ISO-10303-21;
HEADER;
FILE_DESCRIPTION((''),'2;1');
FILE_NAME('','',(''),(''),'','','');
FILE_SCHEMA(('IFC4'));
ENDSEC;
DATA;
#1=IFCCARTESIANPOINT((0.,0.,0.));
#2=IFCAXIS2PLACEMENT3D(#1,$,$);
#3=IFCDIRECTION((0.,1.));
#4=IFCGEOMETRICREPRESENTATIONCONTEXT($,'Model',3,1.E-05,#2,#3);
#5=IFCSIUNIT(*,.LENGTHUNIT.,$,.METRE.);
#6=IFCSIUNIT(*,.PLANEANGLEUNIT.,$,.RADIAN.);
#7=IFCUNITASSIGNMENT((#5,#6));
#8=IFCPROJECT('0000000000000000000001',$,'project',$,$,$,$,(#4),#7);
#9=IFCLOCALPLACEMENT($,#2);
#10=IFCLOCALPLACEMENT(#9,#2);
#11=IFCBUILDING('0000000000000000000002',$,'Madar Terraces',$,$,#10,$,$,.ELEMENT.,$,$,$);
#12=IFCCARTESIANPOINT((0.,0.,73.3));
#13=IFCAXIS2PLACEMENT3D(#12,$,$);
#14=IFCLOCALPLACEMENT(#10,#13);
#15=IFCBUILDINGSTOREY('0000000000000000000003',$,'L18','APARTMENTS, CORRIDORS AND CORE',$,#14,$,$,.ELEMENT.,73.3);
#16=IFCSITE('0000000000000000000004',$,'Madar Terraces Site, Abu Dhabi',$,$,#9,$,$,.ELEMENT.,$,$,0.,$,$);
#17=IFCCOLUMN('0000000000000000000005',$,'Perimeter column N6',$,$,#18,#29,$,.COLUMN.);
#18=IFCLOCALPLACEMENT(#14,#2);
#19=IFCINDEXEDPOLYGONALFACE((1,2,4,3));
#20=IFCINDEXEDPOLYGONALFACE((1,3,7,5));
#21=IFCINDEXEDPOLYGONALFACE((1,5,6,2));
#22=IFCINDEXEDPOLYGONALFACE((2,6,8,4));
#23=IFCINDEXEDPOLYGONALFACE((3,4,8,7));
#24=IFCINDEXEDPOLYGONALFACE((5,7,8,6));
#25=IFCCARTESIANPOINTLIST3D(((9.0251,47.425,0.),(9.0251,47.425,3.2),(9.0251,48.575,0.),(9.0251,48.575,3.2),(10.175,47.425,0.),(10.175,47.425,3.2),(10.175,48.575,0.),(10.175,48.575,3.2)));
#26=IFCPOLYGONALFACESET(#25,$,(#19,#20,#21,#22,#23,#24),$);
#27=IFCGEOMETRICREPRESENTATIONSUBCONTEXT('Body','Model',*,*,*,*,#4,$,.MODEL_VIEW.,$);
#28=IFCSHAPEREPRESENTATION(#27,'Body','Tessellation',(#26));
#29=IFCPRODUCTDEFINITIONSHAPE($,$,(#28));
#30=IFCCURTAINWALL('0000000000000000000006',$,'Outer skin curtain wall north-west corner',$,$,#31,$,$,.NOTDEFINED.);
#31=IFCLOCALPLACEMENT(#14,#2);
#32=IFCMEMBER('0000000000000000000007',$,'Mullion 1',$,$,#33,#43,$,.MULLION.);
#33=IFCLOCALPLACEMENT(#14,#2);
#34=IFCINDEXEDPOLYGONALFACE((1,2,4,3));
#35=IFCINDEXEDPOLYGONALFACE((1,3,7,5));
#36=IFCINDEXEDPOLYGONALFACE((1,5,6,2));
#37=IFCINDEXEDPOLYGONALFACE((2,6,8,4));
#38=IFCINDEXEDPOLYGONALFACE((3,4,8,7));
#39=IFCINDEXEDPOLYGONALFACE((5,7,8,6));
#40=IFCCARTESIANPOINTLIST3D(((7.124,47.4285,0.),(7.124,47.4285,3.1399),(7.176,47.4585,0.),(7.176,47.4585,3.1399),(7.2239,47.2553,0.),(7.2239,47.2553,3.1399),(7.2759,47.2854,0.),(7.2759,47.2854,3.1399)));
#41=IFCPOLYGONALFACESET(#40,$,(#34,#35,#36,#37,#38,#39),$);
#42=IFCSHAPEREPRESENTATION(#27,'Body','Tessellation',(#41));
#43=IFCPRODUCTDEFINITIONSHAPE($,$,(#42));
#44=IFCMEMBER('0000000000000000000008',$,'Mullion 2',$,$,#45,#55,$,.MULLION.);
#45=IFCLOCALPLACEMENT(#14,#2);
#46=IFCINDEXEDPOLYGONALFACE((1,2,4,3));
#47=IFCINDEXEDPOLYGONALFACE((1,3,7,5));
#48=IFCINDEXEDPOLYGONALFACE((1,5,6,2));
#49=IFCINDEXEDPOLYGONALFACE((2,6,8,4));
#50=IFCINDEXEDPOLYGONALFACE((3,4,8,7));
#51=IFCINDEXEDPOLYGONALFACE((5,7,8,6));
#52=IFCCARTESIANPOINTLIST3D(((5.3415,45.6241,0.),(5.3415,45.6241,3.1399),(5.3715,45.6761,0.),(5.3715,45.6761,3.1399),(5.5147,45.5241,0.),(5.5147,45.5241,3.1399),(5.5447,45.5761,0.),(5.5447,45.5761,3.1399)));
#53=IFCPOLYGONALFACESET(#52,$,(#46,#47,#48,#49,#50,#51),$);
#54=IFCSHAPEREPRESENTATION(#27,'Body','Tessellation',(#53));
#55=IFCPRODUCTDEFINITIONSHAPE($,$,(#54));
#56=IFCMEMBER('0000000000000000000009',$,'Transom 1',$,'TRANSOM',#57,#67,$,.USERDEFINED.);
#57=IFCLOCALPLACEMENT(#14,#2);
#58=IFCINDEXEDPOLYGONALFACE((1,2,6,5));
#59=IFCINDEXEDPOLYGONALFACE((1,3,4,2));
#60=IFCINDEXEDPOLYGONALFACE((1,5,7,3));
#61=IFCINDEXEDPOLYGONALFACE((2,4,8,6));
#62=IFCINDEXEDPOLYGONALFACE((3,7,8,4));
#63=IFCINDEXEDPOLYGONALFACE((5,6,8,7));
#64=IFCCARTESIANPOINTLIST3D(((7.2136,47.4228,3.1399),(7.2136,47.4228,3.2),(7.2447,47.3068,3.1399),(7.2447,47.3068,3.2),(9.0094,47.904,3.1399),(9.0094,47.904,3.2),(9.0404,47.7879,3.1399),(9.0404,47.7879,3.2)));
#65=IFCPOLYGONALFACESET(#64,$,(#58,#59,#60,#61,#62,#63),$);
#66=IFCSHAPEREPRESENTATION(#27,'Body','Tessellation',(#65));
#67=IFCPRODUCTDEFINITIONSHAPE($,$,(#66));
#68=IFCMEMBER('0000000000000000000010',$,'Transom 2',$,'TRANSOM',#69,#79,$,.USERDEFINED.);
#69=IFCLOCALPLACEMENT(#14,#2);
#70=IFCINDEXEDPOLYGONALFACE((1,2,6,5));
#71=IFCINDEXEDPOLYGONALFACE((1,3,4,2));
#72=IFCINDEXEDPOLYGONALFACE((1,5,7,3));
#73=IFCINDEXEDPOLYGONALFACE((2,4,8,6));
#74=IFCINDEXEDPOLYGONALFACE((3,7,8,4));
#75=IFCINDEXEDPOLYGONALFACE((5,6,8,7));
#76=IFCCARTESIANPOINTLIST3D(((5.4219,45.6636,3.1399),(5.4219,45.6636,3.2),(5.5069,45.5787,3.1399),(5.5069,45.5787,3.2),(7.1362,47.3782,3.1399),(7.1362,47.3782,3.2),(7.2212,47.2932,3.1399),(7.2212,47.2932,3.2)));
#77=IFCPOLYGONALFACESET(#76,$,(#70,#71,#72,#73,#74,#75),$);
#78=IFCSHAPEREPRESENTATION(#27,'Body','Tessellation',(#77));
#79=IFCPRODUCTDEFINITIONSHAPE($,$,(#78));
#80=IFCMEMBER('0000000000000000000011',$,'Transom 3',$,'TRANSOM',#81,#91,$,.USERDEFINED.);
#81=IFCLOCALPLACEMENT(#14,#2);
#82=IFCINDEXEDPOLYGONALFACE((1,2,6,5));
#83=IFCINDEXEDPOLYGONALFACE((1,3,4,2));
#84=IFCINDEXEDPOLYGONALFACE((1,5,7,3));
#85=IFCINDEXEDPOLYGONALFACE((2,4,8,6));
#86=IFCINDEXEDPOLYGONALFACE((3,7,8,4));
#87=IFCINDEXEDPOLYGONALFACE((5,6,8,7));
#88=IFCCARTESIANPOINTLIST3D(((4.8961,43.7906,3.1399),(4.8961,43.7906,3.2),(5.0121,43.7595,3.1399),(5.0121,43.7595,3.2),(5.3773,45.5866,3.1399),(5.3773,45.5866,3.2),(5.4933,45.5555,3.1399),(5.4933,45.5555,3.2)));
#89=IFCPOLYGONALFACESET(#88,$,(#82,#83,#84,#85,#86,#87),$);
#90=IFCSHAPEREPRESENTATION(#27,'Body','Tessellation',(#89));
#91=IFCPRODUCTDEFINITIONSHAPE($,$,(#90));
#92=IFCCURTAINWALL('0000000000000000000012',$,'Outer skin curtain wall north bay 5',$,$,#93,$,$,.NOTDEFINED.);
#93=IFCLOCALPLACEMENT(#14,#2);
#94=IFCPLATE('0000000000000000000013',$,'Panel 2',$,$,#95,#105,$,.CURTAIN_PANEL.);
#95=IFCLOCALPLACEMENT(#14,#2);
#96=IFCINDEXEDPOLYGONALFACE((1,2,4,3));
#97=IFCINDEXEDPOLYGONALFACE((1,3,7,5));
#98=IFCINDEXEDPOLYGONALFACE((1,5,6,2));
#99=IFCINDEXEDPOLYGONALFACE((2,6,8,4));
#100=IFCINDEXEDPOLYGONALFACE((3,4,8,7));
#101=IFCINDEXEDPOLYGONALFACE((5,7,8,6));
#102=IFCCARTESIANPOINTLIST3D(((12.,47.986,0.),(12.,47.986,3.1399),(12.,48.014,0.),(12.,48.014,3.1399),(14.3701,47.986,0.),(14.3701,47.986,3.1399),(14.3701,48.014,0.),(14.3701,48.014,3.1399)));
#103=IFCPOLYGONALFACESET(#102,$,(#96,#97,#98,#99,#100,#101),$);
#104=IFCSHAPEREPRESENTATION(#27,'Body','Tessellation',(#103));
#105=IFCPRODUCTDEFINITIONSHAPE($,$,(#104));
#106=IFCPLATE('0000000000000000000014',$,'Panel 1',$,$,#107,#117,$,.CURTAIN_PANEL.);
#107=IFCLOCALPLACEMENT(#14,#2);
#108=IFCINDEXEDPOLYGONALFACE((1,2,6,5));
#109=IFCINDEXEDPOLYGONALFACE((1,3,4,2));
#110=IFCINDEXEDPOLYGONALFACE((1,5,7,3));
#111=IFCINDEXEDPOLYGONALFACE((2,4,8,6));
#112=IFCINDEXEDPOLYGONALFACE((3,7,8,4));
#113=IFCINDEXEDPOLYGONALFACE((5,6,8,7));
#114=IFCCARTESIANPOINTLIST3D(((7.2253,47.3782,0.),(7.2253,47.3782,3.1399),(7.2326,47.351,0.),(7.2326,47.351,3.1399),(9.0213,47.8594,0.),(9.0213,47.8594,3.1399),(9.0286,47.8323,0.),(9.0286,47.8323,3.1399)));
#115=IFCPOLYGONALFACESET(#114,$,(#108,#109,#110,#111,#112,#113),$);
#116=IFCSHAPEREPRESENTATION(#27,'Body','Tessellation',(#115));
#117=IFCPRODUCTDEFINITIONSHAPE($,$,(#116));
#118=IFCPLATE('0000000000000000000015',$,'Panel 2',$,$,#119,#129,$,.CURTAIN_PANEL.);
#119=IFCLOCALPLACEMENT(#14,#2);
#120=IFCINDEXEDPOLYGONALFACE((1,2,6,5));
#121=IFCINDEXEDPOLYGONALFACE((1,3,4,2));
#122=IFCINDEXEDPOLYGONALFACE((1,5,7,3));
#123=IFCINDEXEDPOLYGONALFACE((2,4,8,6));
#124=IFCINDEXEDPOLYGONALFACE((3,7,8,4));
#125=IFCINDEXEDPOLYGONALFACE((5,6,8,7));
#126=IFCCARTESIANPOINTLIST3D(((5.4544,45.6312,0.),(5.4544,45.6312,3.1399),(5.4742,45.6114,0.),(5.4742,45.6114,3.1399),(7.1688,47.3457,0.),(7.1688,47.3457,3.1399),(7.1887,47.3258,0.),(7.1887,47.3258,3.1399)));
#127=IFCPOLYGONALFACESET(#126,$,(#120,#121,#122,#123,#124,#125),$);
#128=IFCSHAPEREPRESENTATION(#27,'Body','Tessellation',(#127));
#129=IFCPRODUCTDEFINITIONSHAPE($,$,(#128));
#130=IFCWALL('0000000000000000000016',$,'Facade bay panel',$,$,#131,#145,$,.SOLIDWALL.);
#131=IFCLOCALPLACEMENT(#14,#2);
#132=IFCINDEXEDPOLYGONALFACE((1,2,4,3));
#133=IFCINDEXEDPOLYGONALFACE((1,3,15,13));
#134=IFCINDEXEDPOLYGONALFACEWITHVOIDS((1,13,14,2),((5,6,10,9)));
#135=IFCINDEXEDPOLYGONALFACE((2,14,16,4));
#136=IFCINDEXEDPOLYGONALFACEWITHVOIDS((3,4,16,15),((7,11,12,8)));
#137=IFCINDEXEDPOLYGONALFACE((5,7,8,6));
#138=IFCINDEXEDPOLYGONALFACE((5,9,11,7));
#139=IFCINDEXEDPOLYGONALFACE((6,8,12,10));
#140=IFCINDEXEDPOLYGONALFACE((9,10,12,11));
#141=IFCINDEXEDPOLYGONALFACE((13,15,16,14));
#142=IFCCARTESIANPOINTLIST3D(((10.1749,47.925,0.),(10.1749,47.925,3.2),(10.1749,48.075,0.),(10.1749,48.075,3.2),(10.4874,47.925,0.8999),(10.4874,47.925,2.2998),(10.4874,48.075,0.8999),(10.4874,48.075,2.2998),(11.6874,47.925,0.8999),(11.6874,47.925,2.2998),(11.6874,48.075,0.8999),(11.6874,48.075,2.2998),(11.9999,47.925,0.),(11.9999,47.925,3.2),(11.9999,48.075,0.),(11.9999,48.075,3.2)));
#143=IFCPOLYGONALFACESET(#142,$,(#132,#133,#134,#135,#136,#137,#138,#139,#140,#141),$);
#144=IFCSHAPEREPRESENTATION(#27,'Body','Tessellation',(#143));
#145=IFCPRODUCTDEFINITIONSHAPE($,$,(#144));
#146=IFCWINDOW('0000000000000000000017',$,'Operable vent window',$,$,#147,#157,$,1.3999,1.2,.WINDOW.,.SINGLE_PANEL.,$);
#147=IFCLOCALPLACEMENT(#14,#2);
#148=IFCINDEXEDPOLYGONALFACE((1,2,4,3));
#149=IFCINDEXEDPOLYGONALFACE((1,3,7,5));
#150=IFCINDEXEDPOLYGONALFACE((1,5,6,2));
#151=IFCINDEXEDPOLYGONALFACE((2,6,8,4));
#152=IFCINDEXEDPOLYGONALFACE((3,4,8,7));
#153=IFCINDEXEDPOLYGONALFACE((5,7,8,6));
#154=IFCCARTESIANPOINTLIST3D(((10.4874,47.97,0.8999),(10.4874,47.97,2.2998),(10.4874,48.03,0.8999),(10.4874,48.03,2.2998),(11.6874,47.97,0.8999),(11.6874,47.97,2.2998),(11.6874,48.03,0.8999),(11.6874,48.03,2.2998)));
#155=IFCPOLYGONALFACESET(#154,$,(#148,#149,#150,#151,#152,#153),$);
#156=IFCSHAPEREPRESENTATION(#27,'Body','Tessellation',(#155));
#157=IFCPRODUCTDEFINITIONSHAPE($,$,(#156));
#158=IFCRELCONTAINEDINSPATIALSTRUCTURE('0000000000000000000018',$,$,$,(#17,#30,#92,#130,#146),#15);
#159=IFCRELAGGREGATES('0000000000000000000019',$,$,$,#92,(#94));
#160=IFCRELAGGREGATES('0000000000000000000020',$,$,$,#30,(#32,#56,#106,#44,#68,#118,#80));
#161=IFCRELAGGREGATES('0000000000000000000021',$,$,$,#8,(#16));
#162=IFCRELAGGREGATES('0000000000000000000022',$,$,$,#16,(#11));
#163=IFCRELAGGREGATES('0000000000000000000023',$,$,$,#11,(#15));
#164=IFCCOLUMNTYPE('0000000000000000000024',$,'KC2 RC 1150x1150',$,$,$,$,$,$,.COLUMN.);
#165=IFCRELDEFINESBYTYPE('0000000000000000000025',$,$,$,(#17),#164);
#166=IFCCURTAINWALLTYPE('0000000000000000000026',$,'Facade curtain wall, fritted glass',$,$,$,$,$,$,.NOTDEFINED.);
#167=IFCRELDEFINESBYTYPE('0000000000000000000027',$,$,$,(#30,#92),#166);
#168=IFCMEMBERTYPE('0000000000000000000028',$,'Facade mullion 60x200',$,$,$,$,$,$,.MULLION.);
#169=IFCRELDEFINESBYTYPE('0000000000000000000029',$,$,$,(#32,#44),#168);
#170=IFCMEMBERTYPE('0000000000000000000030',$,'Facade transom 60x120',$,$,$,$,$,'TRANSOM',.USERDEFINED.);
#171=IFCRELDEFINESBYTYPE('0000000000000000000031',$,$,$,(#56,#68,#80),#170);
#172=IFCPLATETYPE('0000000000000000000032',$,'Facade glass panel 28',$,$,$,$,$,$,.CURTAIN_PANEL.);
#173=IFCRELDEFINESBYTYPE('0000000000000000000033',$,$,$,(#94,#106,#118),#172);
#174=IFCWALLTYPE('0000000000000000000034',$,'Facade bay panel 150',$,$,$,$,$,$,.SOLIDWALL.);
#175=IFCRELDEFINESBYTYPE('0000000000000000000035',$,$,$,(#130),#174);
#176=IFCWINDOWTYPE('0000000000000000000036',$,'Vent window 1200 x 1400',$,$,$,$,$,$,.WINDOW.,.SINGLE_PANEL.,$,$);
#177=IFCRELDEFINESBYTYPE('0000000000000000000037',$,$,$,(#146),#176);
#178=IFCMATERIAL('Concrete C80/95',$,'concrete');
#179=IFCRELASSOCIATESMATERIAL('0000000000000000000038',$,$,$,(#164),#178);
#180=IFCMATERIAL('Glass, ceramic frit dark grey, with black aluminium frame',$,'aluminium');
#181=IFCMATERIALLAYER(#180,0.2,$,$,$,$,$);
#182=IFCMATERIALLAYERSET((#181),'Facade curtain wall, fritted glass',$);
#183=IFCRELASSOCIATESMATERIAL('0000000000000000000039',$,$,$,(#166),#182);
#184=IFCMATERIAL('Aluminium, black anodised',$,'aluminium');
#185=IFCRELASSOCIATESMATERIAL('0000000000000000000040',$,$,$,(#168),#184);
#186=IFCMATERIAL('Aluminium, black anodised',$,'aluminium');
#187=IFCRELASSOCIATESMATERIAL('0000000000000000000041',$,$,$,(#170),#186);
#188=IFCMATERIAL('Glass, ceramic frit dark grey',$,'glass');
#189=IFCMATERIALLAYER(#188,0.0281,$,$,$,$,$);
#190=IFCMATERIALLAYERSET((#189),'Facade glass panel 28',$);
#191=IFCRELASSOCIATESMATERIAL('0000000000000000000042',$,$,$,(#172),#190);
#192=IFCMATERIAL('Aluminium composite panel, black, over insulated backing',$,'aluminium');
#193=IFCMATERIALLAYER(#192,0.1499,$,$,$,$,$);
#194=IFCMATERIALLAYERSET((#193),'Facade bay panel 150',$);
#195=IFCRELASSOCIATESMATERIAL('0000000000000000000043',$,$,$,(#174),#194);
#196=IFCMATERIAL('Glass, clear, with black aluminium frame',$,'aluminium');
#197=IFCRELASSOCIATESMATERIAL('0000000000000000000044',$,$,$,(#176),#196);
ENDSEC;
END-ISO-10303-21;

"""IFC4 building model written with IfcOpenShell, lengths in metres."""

from ifc_helpers import new_model, si_unit, direction, frame, frame_2d, origin, origin_2d, place, context, subcontext, project, spatial, rectangle, extrude, material, layer, layer_set, material_profile, profile_set, type_object, element, fill, aggregate, save


model = new_model("IFC4")

# Units and contexts
model_context = context("Model", 3, precision=1e-05, world=origin(), true_north=direction((0.0, 1.0)))
body_context = subcontext(model_context, "Body", "Model", "MODEL_VIEW")
ifc_project = project(units=[si_unit("LENGTHUNIT", "METRE"), si_unit("PLANEANGLEUNIT", "RADIAN")], contexts=[model_context])

# Site, building, storey
site_placement = place(None, origin())
site = spatial("IfcSite", under=ifc_project, at=site_placement, Name="Madar Terraces Site, Abu Dhabi", CompositionType="ELEMENT", RefElevation=0.0)
building_placement = place(site_placement, origin())
building = spatial("IfcBuilding", under=site, at=building_placement, Name="Madar Terraces", CompositionType="ELEMENT")
storey_placement = place(building_placement, frame((0.0, 0.0, 73.3)))
storey = spatial("IfcBuildingStorey", under=building, at=storey_placement, Name="L18", Description="APARTMENTS, CORRIDORS AND CORE", CompositionType="ELEMENT", Elevation=73.3)

# Column
ifc_material_1 = material(Name="Concrete C80/95", Category="concrete")
ifc_material_profile_1 = material_profile(ifc_material_1, rectangle(XDim=1.1499, YDim=1.1499, at=origin_2d()), Name="KC2 RC 1150x1150")
ifc_profile_set_1 = profile_set([ifc_material_profile_1], Name="Concrete C80/95")
column_type = type_object("IfcColumnType", Name="KC2 RC 1150x1150", PredefinedType="COLUMN", material=ifc_profile_set_1)
column_placement = place(storey_placement, frame((9.6001, 48.0, 0.0), z_axis=(0.0, 0.0, 1.0), x_axis=(1.0, 0.0, 0.0)))
element("IfcColumn", 1, at=column_placement, inside=storey, type_object=column_type, Name="Perimeter column N6", PredefinedType="COLUMN", context=body_context, shape_type="SweptSolid", body=[
    extrude(rectangle(XDim=1.1499, YDim=1.1499, at=origin_2d()), origin(), (0.0, 0.0, 1.0), 3.2),
])

# Curtain wall, members
ifc_material_2 = material(Name="Glass, ceramic frit dark grey, with black aluminium frame", Category="aluminium")
ifc_layer_1 = layer(ifc_material_2, 0.2)
ifc_layer_set_1 = layer_set([ifc_layer_1], Name="Facade curtain wall, fritted glass")
curtain_wall_type = type_object("IfcCurtainWallType", Name="Facade curtain wall, fritted glass", PredefinedType="NOTDEFINED", material=ifc_layer_set_1)
curtain_wall_1_placement = place(storey_placement, origin())
curtain_wall_1 = element("IfcCurtainWall", 2, at=curtain_wall_1_placement, inside=storey, type_object=curtain_wall_type, Name="Outer skin curtain wall north-west corner", PredefinedType="NOTDEFINED")
ifc_material_3 = material(Name="Aluminium, black anodised", Category="aluminium")
ifc_material_profile_2 = material_profile(ifc_material_3, rectangle(XDim=0.2, YDim=0.0601, at=origin_2d()), Name="Facade mullion 60x200")
ifc_profile_set_2 = profile_set([ifc_material_profile_2], Name="Aluminium, black anodised")
member_type_1 = type_object("IfcMemberType", Name="Facade mullion 60x200", PredefinedType="MULLION", material=ifc_profile_set_2)
member_1_placement = place(storey_placement, frame((7.2, 47.3569, 0.0), z_axis=(0.0, 0.0, 1.0), x_axis=(0.5, -0.866025, 0.0)))
member_1 = element("IfcMember", 3, at=member_1_placement, type_object=member_type_1, Name="Mullion 1", PredefinedType="MULLION", context=body_context, shape_type="SweptSolid", body=[
    extrude(rectangle(XDim=0.2, YDim=0.0601, at=origin_2d()), origin(), (0.0, 0.0, 1.0), 3.1399),
])
member_2_placement = place(storey_placement, frame((5.4431, 45.6001, 0.0), z_axis=(0.0, 0.0, 1.0), x_axis=(0.866025, -0.5, 0.0)))
member_2 = element("IfcMember", 4, at=member_2_placement, type_object=member_type_1, Name="Mullion 2", PredefinedType="MULLION", context=body_context, shape_type="SweptSolid", body=[
    extrude(rectangle(XDim=0.2, YDim=0.0601, at=origin_2d()), origin(), (0.0, 0.0, 1.0), 3.1399),
])
ifc_material_4 = material(Name="Aluminium, black anodised", Category="aluminium")
ifc_material_profile_3 = material_profile(ifc_material_4, rectangle(XDim=0.1201, YDim=0.0601, at=origin_2d()), Name="Facade transom 60x120")
ifc_profile_set_3 = profile_set([ifc_material_profile_3], Name="Aluminium, black anodised")
member_type_2 = type_object("IfcMemberType", Name="Facade transom 60x120", ElementType="TRANSOM", PredefinedType="USERDEFINED", material=ifc_profile_set_3)
member_3_placement = place(storey_placement, frame((9.0249, 47.8459, 3.1699), z_axis=(-0.965927, -0.258815, 0.0), x_axis=(0.258815, -0.965927, 0.0)))
member_3 = element("IfcMember", 5, at=member_3_placement, type_object=member_type_2, Name="Transom 1", ObjectType="TRANSOM", PredefinedType="USERDEFINED", context=body_context, shape_type="SweptSolid", body=[
    extrude(rectangle(XDim=0.1201, YDim=0.0601, at=origin_2d()), origin(), (0.0, 0.0, 1.0), 1.8591),
])
member_4_placement = place(storey_placement, frame((7.1787, 47.3357, 3.1699), z_axis=(-0.707056, -0.707157, 0.0), x_axis=(0.707157, -0.707056, 0.0)))
member_4 = element("IfcMember", 6, at=member_4_placement, type_object=member_type_2, Name="Transom 2", ObjectType="TRANSOM", PredefinedType="USERDEFINED", context=body_context, shape_type="SweptSolid", body=[
    extrude(rectangle(XDim=0.1201, YDim=0.0601, at=origin_2d()), origin(), (0.0, 0.0, 1.0), 2.4246),
])
member_5_placement = place(storey_placement, frame((5.4353, 45.571, 3.1699), z_axis=(-0.258782, -0.965936, 0.0), x_axis=(0.965936, -0.258782, 0.0)))
member_5 = element("IfcMember", 7, at=member_5_placement, type_object=member_type_2, Name="Transom 3", ObjectType="TRANSOM", PredefinedType="USERDEFINED", context=body_context, shape_type="SweptSolid", body=[
    extrude(rectangle(XDim=0.1201, YDim=0.0601, at=origin_2d()), origin(), (0.0, 0.0, 1.0), 1.8594),
])

# Curtain wall, plate
curtain_wall_2_placement = place(storey_placement, origin())
curtain_wall_2 = element("IfcCurtainWall", 8, at=curtain_wall_2_placement, inside=storey, type_object=curtain_wall_type, Name="Outer skin curtain wall north bay 5", PredefinedType="NOTDEFINED")
ifc_material_5 = material(Name="Glass, ceramic frit dark grey", Category="glass")
ifc_layer_2 = layer(ifc_material_5, 0.0281)
ifc_layer_set_2 = layer_set([ifc_layer_2], Name="Facade glass panel 28")
plate_type = type_object("IfcPlateType", Name="Facade glass panel 28", PredefinedType="CURTAIN_PANEL", material=ifc_layer_set_2)
plate_1_placement = place(storey_placement, frame((13.1851, 48.0, 0.0), z_axis=(0.0, 0.0, 1.0), x_axis=(-1.0, 0.0, 0.0)))
plate_1 = element("IfcPlate", 9, at=plate_1_placement, type_object=plate_type, Name="Panel 2", PredefinedType="CURTAIN_PANEL", context=body_context, shape_type="SweptSolid", body=[
    extrude(rectangle(XDim=2.3701, YDim=0.0281, at=origin_2d()), origin(), (0.0, 0.0, 1.0), 3.1399),
])
aggregate(curtain_wall_2, [plate_1])

# Plates
plate_2_placement = place(storey_placement, frame((8.127, 47.6052, 0.0), z_axis=(0.0, 0.0, 1.0), x_axis=(-0.965926, -0.258819, 0.0)))
plate_2 = element("IfcPlate", 10, at=plate_2_placement, type_object=plate_type, Name="Panel 1", PredefinedType="CURTAIN_PANEL", context=body_context, shape_type="SweptSolid", body=[
    extrude(rectangle(XDim=1.8594, YDim=0.0281, at=origin_2d()), origin(), (0.0, 0.0, 1.0), 3.1399),
])
plate_3_placement = place(storey_placement, frame((6.3215, 46.4785, 0.0), z_axis=(0.0, 0.0, 1.0), x_axis=(-0.707107, -0.707107, 0.0)))
plate_3 = element("IfcPlate", 11, at=plate_3_placement, type_object=plate_type, Name="Panel 2", PredefinedType="CURTAIN_PANEL", context=body_context, shape_type="SweptSolid", body=[
    extrude(rectangle(XDim=2.4246, YDim=0.0281, at=origin_2d()), origin(), (0.0, 0.0, 1.0), 3.1399),
])
aggregate(curtain_wall_1, [member_1, member_3, plate_2, member_2, member_4, plate_3, member_5])

# Wall, opening, window
ifc_material_6 = material(Name="Aluminium composite panel, black, over insulated backing", Category="aluminium")
ifc_layer_3 = layer(ifc_material_6, 0.1499)
ifc_layer_set_3 = layer_set([ifc_layer_3], Name="Facade bay panel 150")
wall_type = type_object("IfcWallType", Name="Facade bay panel 150", PredefinedType="SOLIDWALL", material=ifc_layer_set_3)
wall_placement = place(storey_placement, frame((12.0, 48.0, 0.0), z_axis=(0.0, 0.0, 1.0), x_axis=(-1.0, 0.0, 0.0)))
wall = element("IfcWall", 12, at=wall_placement, inside=storey, type_object=wall_type, Name="Facade bay panel", PredefinedType="SOLIDWALL", context=body_context, shape_type="SweptSolid", body=[
    extrude(rectangle(XDim=1.825, YDim=0.1499, at=frame_2d((0.9126, 0.0))), origin(), (0.0, 0.0, 1.0), 3.2),
])
opening_placement = place(wall_placement, frame((0.3125, 0.0, 0.8999)))
opening = element("IfcOpeningElement", 13, at=opening_placement, cuts=wall, PredefinedType="OPENING", context=body_context, shape_type="SweptSolid", body=[
    extrude(rectangle(XDim=1.2, YDim=1.3999, at=frame_2d((0.6001, 0.7))), frame((0.0, 0.085, 0.0), z_axis=(0.0, -1.0, 0.0), x_axis=(1.0, 0.0, 0.0)), (0.0, 0.0, 1.0), 0.1699),
])
ifc_material_7 = material(Name="Glass, clear, with black aluminium frame", Category="aluminium")
window_type = type_object("IfcWindowType", Name="Vent window 1200 x 1400", PartitioningType="SINGLE_PANEL", PredefinedType="WINDOW", material=ifc_material_7)
window_placement = place(opening_placement, origin())
window = element("IfcWindow", 14, at=window_placement, inside=storey, type_object=window_type, Name="Operable vent window", OverallHeight=1.3999, OverallWidth=1.2, PartitioningType="SINGLE_PANEL", PredefinedType="WINDOW", context=body_context, shape_type="SweptSolid", body=[
    extrude(rectangle(XDim=1.2, YDim=1.3999, at=frame_2d((0.6001, 0.7))), frame((0.0, 0.03, 0.0), z_axis=(0.0, -1.0, 0.0), x_axis=(1.0, 0.0, 0.0)), (0.0, 0.0, 1.0), 0.0601),
])
fill(opening, window)

save(model, "model.ifc")
